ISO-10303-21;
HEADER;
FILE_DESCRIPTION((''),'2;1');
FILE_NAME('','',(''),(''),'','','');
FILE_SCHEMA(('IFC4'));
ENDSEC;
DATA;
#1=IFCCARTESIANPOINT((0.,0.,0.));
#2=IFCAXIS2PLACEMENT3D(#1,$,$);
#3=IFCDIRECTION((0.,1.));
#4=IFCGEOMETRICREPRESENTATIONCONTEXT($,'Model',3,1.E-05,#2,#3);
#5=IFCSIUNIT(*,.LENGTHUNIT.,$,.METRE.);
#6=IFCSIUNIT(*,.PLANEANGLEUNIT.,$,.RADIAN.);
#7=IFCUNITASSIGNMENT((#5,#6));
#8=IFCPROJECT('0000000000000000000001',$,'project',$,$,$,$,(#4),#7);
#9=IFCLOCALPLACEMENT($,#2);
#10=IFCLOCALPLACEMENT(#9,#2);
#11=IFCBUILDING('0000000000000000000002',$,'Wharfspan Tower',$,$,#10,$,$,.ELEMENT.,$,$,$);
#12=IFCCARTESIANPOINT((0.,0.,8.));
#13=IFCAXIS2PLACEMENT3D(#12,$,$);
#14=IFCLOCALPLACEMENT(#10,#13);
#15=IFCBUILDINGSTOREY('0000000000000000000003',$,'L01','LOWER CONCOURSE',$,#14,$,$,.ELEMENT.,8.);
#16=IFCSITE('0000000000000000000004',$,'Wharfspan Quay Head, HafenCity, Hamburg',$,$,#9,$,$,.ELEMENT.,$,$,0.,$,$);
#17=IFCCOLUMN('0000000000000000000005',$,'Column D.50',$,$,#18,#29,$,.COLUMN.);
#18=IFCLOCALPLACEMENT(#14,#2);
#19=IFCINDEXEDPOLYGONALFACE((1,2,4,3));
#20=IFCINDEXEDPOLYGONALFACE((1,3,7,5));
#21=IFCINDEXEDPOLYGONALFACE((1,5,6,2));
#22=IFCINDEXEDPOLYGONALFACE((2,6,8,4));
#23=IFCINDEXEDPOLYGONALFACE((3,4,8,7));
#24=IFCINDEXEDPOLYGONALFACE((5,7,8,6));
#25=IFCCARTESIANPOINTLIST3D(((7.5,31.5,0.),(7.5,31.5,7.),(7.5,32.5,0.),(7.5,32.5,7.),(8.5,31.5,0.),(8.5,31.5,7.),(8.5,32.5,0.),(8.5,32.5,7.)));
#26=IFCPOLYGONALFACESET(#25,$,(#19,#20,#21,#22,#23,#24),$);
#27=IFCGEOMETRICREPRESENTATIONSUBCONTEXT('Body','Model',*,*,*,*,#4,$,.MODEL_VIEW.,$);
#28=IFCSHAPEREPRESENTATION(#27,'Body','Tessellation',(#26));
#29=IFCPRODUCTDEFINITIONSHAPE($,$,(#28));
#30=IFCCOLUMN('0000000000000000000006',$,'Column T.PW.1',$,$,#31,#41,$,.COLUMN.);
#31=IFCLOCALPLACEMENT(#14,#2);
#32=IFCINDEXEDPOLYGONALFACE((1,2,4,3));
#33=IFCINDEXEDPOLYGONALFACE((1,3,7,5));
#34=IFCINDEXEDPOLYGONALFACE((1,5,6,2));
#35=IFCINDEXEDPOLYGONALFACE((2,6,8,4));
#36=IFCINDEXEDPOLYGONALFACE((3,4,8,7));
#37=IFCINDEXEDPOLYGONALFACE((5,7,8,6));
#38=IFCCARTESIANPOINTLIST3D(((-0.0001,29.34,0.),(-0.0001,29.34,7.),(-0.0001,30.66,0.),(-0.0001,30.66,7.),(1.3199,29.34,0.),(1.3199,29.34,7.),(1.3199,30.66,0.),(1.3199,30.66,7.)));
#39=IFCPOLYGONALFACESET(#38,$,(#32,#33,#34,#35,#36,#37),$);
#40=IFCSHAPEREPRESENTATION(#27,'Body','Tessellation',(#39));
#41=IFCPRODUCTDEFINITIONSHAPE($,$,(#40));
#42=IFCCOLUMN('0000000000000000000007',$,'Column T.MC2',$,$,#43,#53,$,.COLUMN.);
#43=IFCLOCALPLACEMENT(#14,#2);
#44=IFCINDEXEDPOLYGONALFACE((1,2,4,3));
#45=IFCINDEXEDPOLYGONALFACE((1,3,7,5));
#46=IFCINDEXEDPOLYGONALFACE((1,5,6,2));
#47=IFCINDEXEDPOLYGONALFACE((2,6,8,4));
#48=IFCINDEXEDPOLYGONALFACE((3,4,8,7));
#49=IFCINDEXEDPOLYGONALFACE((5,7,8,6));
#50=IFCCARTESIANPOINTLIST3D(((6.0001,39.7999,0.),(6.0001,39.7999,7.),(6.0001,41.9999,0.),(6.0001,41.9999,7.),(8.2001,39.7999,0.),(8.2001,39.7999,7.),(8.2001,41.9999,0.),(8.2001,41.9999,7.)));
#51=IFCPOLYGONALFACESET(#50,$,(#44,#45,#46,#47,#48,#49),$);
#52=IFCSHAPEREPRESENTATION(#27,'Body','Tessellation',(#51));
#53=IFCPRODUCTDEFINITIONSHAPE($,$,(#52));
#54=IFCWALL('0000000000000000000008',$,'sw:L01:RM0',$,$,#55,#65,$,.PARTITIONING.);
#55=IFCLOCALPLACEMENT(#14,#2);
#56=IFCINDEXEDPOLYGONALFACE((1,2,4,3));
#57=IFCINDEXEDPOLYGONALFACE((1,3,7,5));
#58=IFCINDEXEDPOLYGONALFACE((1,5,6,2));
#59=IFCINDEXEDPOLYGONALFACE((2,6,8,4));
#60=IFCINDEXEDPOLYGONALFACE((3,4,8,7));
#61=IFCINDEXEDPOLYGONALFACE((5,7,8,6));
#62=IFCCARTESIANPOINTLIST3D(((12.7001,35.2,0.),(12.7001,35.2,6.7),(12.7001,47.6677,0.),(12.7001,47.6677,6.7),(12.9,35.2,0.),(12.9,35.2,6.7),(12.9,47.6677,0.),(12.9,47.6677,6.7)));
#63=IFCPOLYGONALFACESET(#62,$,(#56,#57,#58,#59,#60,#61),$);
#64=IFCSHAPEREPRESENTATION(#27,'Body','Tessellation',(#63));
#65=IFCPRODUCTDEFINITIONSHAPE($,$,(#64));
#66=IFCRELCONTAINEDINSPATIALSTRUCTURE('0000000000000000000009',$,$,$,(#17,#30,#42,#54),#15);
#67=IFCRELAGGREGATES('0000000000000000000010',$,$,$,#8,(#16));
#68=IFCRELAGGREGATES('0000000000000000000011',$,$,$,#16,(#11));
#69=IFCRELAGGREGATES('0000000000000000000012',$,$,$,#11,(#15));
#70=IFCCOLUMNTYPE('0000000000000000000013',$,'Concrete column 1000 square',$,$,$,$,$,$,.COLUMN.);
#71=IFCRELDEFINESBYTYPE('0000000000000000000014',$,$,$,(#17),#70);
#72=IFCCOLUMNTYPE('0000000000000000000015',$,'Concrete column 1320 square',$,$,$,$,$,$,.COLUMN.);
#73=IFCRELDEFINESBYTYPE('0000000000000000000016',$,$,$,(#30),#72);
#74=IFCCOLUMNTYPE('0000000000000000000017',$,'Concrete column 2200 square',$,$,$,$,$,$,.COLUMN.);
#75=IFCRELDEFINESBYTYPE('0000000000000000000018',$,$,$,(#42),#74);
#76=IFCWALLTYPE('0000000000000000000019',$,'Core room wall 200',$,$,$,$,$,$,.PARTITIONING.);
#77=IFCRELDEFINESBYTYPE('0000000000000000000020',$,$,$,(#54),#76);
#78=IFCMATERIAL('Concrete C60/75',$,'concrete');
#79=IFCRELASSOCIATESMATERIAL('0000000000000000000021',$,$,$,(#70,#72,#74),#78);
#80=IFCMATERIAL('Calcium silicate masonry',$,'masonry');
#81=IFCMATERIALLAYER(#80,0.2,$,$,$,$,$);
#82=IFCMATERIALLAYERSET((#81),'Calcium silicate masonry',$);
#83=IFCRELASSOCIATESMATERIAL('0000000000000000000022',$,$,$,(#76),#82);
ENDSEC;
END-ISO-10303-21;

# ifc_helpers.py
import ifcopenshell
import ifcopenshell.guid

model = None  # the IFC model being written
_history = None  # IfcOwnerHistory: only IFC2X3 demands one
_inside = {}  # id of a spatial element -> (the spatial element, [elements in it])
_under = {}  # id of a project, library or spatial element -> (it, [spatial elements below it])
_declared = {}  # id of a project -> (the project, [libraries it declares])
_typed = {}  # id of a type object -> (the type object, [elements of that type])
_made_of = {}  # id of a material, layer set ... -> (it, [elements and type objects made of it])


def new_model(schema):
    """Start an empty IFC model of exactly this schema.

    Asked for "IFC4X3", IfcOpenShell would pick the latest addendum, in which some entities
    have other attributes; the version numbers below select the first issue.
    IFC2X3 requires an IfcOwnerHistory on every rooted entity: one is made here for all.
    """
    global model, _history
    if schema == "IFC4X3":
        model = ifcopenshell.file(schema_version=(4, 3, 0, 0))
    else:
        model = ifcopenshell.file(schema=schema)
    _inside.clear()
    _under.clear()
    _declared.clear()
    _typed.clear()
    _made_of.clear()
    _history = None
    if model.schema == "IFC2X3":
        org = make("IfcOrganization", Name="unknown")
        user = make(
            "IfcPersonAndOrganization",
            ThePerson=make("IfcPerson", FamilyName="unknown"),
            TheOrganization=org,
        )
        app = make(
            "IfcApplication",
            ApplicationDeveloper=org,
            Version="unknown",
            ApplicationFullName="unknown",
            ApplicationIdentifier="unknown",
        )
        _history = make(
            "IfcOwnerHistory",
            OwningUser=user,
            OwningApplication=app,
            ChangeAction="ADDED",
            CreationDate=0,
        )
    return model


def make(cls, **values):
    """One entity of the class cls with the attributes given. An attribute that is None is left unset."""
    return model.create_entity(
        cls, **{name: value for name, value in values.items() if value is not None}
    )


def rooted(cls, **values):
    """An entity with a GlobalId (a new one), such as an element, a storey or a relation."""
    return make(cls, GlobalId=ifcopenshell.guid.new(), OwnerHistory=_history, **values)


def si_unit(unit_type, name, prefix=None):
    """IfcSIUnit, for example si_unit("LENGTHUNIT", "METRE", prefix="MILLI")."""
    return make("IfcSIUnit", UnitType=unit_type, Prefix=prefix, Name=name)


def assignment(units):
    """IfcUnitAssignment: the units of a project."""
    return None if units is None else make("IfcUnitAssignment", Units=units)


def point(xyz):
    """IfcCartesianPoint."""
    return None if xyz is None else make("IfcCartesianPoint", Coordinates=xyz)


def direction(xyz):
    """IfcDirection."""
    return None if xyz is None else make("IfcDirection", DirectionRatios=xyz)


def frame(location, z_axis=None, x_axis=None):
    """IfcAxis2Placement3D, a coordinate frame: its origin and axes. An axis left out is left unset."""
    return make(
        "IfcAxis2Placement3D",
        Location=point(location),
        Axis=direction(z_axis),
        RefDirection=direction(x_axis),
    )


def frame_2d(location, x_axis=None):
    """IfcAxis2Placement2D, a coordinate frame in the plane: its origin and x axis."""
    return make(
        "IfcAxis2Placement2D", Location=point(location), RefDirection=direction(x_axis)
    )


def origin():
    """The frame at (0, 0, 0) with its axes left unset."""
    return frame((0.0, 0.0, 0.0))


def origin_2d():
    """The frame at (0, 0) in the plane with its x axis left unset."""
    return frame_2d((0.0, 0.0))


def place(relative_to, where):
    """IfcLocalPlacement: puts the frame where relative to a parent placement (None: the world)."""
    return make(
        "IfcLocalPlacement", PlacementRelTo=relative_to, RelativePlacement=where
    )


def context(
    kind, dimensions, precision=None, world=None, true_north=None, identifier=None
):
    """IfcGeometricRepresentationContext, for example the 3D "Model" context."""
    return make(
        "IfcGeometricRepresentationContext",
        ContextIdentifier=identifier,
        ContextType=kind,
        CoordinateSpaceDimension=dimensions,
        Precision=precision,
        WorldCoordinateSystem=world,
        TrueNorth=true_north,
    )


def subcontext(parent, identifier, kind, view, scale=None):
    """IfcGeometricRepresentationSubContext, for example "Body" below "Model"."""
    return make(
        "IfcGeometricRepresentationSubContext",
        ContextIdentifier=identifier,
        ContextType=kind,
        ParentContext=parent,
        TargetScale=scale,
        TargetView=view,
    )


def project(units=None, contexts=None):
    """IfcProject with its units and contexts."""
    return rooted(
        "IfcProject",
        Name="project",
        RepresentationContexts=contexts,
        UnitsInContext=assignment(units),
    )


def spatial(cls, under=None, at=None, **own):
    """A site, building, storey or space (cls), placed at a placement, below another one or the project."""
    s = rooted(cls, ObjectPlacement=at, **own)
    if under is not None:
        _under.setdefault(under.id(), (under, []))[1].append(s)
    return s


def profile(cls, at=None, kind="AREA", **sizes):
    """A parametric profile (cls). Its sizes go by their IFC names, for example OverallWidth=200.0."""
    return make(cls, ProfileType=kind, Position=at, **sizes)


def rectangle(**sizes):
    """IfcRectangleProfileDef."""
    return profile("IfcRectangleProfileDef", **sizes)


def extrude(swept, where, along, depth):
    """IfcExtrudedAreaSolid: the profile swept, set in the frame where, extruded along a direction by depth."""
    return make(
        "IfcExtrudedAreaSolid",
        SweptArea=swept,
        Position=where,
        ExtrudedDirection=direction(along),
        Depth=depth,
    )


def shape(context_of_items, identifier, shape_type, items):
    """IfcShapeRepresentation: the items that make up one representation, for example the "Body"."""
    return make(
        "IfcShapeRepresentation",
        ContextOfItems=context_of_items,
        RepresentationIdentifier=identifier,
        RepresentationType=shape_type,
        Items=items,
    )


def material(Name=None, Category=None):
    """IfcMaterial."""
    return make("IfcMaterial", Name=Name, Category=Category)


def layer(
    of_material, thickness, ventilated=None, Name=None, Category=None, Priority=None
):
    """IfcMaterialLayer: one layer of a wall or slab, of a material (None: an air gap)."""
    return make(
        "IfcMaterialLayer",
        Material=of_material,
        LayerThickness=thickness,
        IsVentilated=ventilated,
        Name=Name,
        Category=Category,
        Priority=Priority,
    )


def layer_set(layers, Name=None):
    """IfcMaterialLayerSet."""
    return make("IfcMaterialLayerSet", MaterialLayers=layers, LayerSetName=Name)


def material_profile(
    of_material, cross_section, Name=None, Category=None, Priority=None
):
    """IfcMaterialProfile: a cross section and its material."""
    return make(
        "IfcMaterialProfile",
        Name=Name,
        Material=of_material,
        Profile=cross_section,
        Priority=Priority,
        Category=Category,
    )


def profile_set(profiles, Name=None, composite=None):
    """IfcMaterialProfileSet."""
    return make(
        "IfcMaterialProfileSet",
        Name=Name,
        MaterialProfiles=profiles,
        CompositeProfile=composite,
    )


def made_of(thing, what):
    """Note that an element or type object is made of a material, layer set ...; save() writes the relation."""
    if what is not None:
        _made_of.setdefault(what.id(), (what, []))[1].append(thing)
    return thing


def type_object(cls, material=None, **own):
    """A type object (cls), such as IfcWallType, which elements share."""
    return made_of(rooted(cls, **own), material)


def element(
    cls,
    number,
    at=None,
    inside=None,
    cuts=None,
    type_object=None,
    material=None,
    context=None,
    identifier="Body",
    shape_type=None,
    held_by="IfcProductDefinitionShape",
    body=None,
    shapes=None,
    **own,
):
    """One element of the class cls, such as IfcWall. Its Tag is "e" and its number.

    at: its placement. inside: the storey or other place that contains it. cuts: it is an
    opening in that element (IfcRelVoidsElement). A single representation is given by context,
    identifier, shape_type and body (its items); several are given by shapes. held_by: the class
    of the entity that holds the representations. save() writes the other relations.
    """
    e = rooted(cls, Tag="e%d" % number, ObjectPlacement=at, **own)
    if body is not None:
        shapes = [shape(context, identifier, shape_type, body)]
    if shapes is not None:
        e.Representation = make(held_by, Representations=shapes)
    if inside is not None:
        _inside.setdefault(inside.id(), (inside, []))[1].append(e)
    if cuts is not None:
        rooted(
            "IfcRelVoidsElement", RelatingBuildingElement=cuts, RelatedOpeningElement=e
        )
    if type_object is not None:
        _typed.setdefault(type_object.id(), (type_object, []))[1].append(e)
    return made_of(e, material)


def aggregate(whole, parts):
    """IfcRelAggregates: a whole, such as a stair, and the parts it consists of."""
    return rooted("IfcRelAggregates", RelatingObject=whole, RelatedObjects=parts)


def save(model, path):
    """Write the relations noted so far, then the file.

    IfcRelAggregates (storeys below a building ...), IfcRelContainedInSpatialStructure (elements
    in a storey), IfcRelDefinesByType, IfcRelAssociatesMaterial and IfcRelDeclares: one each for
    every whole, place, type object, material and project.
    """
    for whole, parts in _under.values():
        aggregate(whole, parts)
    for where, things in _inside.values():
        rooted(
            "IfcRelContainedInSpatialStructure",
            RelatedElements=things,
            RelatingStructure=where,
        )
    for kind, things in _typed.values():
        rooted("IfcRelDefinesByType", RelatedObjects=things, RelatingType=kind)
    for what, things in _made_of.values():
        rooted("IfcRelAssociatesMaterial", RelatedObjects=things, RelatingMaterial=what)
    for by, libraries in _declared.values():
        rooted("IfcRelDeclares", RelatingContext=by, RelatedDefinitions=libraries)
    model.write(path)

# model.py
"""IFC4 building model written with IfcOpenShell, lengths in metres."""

from ifc_helpers import new_model, si_unit, direction, frame, frame_2d, origin, origin_2d, place, context, subcontext, project, spatial, rectangle, extrude, material, layer, layer_set, material_profile, profile_set, type_object, element, save


model = new_model("IFC4")

# Units and contexts
model_context = context("Model", 3, precision=1e-05, world=origin(), true_north=direction((0.0, 1.0)))
body_context = subcontext(model_context, "Body", "Model", "MODEL_VIEW")
ifc_project = project(units=[si_unit("LENGTHUNIT", "METRE"), si_unit("PLANEANGLEUNIT", "RADIAN")], contexts=[model_context])

# Site, building, storey
site_placement = place(None, origin())
site = spatial("IfcSite", under=ifc_project, at=site_placement, Name="Wharfspan Quay Head, HafenCity, Hamburg", CompositionType="ELEMENT", RefElevation=0.0)
building_placement = place(site_placement, origin())
building = spatial("IfcBuilding", under=site, at=building_placement, Name="Wharfspan Tower", CompositionType="ELEMENT")
storey_placement = place(building_placement, frame((0.0, 0.0, 8.0)))
storey = spatial("IfcBuildingStorey", under=building, at=storey_placement, Name="L01", Description="LOWER CONCOURSE", CompositionType="ELEMENT", Elevation=8.0)

# Columns
ifc_material_1 = material(Name="Concrete C60/75", Category="concrete")
ifc_material_profile_1 = material_profile(ifc_material_1, rectangle(XDim=1.0, YDim=1.0, at=origin_2d()))
ifc_profile_set_1 = profile_set([ifc_material_profile_1], Name="Concrete C60/75")
column_type_1 = type_object("IfcColumnType", Name="Concrete column 1000 square", PredefinedType="COLUMN", material=ifc_profile_set_1)
column_1_placement = place(storey_placement, frame((8.0, 32.0, 0.0), z_axis=(0.0, 0.0, 1.0), x_axis=(1.0, 0.0, 0.0)))
element("IfcColumn", 1, at=column_1_placement, inside=storey, type_object=column_type_1, Name="Column D.50", PredefinedType="COLUMN", context=body_context, shape_type="SweptSolid", body=[
    extrude(rectangle(XDim=1.0, YDim=1.0, at=origin_2d()), origin(), (0.0, 0.0, 1.0), 7.0),
])
ifc_material_profile_2 = material_profile(ifc_material_1, rectangle(XDim=1.3201, YDim=1.3201, at=origin_2d()))
ifc_profile_set_2 = profile_set([ifc_material_profile_2], Name="Concrete C60/75")
column_type_2 = type_object("IfcColumnType", Name="Concrete column 1320 square", PredefinedType="COLUMN", material=ifc_profile_set_2)
column_2_placement = place(storey_placement, frame((0.6599, 30.0, 0.0), z_axis=(0.0, 0.0, 1.0), x_axis=(1.0, 0.0, 0.0)))
element("IfcColumn", 2, at=column_2_placement, inside=storey, type_object=column_type_2, Name="Column T.PW.1", PredefinedType="COLUMN", context=body_context, shape_type="SweptSolid", body=[
    extrude(rectangle(XDim=1.3201, YDim=1.3201, at=origin_2d()), origin(), (0.0, 0.0, 1.0), 7.0),
])
ifc_material_profile_3 = material_profile(ifc_material_1, rectangle(XDim=2.2, YDim=2.2, at=origin_2d()))
ifc_profile_set_3 = profile_set([ifc_material_profile_3], Name="Concrete C60/75")
column_type_3 = type_object("IfcColumnType", Name="Concrete column 2200 square", PredefinedType="COLUMN", material=ifc_profile_set_3)
column_3_placement = place(storey_placement, frame((7.1001, 40.8999, 0.0), z_axis=(0.0, 0.0, 1.0), x_axis=(1.0, 0.0, 0.0)))
element("IfcColumn", 3, at=column_3_placement, inside=storey, type_object=column_type_3, Name="Column T.MC2", PredefinedType="COLUMN", context=body_context, shape_type="SweptSolid", body=[
    extrude(rectangle(XDim=2.2, YDim=2.2, at=origin_2d()), origin(), (0.0, 0.0, 1.0), 7.0),
])

# Wall
ifc_material_2 = material(Name="Calcium silicate masonry", Category="masonry")
ifc_layer_1 = layer(ifc_material_2, 0.2)
ifc_layer_set_1 = layer_set([ifc_layer_1], Name="Calcium silicate masonry")
wall_type_1 = type_object("IfcWallType", Name="Core room wall 200", PredefinedType="PARTITIONING", material=ifc_layer_set_1)
wall_1_placement = place(storey_placement, frame((12.8, 35.2, 0.0), z_axis=(0.0, 0.0, 1.0), x_axis=(0.0, 1.0, 0.0)))
element("IfcWall", 4, at=wall_1_placement, inside=storey, type_object=wall_type_1, Name="sw:L01:RM0", PredefinedType="PARTITIONING", context=body_context, shape_type="SweptSolid", body=[
    extrude(rectangle(XDim=12.4678, YDim=0.2, at=frame_2d((6.2339, 0.0))), origin(), (0.0, 0.0, 1.0), 6.7),
])

save(model, "model.ifc")
